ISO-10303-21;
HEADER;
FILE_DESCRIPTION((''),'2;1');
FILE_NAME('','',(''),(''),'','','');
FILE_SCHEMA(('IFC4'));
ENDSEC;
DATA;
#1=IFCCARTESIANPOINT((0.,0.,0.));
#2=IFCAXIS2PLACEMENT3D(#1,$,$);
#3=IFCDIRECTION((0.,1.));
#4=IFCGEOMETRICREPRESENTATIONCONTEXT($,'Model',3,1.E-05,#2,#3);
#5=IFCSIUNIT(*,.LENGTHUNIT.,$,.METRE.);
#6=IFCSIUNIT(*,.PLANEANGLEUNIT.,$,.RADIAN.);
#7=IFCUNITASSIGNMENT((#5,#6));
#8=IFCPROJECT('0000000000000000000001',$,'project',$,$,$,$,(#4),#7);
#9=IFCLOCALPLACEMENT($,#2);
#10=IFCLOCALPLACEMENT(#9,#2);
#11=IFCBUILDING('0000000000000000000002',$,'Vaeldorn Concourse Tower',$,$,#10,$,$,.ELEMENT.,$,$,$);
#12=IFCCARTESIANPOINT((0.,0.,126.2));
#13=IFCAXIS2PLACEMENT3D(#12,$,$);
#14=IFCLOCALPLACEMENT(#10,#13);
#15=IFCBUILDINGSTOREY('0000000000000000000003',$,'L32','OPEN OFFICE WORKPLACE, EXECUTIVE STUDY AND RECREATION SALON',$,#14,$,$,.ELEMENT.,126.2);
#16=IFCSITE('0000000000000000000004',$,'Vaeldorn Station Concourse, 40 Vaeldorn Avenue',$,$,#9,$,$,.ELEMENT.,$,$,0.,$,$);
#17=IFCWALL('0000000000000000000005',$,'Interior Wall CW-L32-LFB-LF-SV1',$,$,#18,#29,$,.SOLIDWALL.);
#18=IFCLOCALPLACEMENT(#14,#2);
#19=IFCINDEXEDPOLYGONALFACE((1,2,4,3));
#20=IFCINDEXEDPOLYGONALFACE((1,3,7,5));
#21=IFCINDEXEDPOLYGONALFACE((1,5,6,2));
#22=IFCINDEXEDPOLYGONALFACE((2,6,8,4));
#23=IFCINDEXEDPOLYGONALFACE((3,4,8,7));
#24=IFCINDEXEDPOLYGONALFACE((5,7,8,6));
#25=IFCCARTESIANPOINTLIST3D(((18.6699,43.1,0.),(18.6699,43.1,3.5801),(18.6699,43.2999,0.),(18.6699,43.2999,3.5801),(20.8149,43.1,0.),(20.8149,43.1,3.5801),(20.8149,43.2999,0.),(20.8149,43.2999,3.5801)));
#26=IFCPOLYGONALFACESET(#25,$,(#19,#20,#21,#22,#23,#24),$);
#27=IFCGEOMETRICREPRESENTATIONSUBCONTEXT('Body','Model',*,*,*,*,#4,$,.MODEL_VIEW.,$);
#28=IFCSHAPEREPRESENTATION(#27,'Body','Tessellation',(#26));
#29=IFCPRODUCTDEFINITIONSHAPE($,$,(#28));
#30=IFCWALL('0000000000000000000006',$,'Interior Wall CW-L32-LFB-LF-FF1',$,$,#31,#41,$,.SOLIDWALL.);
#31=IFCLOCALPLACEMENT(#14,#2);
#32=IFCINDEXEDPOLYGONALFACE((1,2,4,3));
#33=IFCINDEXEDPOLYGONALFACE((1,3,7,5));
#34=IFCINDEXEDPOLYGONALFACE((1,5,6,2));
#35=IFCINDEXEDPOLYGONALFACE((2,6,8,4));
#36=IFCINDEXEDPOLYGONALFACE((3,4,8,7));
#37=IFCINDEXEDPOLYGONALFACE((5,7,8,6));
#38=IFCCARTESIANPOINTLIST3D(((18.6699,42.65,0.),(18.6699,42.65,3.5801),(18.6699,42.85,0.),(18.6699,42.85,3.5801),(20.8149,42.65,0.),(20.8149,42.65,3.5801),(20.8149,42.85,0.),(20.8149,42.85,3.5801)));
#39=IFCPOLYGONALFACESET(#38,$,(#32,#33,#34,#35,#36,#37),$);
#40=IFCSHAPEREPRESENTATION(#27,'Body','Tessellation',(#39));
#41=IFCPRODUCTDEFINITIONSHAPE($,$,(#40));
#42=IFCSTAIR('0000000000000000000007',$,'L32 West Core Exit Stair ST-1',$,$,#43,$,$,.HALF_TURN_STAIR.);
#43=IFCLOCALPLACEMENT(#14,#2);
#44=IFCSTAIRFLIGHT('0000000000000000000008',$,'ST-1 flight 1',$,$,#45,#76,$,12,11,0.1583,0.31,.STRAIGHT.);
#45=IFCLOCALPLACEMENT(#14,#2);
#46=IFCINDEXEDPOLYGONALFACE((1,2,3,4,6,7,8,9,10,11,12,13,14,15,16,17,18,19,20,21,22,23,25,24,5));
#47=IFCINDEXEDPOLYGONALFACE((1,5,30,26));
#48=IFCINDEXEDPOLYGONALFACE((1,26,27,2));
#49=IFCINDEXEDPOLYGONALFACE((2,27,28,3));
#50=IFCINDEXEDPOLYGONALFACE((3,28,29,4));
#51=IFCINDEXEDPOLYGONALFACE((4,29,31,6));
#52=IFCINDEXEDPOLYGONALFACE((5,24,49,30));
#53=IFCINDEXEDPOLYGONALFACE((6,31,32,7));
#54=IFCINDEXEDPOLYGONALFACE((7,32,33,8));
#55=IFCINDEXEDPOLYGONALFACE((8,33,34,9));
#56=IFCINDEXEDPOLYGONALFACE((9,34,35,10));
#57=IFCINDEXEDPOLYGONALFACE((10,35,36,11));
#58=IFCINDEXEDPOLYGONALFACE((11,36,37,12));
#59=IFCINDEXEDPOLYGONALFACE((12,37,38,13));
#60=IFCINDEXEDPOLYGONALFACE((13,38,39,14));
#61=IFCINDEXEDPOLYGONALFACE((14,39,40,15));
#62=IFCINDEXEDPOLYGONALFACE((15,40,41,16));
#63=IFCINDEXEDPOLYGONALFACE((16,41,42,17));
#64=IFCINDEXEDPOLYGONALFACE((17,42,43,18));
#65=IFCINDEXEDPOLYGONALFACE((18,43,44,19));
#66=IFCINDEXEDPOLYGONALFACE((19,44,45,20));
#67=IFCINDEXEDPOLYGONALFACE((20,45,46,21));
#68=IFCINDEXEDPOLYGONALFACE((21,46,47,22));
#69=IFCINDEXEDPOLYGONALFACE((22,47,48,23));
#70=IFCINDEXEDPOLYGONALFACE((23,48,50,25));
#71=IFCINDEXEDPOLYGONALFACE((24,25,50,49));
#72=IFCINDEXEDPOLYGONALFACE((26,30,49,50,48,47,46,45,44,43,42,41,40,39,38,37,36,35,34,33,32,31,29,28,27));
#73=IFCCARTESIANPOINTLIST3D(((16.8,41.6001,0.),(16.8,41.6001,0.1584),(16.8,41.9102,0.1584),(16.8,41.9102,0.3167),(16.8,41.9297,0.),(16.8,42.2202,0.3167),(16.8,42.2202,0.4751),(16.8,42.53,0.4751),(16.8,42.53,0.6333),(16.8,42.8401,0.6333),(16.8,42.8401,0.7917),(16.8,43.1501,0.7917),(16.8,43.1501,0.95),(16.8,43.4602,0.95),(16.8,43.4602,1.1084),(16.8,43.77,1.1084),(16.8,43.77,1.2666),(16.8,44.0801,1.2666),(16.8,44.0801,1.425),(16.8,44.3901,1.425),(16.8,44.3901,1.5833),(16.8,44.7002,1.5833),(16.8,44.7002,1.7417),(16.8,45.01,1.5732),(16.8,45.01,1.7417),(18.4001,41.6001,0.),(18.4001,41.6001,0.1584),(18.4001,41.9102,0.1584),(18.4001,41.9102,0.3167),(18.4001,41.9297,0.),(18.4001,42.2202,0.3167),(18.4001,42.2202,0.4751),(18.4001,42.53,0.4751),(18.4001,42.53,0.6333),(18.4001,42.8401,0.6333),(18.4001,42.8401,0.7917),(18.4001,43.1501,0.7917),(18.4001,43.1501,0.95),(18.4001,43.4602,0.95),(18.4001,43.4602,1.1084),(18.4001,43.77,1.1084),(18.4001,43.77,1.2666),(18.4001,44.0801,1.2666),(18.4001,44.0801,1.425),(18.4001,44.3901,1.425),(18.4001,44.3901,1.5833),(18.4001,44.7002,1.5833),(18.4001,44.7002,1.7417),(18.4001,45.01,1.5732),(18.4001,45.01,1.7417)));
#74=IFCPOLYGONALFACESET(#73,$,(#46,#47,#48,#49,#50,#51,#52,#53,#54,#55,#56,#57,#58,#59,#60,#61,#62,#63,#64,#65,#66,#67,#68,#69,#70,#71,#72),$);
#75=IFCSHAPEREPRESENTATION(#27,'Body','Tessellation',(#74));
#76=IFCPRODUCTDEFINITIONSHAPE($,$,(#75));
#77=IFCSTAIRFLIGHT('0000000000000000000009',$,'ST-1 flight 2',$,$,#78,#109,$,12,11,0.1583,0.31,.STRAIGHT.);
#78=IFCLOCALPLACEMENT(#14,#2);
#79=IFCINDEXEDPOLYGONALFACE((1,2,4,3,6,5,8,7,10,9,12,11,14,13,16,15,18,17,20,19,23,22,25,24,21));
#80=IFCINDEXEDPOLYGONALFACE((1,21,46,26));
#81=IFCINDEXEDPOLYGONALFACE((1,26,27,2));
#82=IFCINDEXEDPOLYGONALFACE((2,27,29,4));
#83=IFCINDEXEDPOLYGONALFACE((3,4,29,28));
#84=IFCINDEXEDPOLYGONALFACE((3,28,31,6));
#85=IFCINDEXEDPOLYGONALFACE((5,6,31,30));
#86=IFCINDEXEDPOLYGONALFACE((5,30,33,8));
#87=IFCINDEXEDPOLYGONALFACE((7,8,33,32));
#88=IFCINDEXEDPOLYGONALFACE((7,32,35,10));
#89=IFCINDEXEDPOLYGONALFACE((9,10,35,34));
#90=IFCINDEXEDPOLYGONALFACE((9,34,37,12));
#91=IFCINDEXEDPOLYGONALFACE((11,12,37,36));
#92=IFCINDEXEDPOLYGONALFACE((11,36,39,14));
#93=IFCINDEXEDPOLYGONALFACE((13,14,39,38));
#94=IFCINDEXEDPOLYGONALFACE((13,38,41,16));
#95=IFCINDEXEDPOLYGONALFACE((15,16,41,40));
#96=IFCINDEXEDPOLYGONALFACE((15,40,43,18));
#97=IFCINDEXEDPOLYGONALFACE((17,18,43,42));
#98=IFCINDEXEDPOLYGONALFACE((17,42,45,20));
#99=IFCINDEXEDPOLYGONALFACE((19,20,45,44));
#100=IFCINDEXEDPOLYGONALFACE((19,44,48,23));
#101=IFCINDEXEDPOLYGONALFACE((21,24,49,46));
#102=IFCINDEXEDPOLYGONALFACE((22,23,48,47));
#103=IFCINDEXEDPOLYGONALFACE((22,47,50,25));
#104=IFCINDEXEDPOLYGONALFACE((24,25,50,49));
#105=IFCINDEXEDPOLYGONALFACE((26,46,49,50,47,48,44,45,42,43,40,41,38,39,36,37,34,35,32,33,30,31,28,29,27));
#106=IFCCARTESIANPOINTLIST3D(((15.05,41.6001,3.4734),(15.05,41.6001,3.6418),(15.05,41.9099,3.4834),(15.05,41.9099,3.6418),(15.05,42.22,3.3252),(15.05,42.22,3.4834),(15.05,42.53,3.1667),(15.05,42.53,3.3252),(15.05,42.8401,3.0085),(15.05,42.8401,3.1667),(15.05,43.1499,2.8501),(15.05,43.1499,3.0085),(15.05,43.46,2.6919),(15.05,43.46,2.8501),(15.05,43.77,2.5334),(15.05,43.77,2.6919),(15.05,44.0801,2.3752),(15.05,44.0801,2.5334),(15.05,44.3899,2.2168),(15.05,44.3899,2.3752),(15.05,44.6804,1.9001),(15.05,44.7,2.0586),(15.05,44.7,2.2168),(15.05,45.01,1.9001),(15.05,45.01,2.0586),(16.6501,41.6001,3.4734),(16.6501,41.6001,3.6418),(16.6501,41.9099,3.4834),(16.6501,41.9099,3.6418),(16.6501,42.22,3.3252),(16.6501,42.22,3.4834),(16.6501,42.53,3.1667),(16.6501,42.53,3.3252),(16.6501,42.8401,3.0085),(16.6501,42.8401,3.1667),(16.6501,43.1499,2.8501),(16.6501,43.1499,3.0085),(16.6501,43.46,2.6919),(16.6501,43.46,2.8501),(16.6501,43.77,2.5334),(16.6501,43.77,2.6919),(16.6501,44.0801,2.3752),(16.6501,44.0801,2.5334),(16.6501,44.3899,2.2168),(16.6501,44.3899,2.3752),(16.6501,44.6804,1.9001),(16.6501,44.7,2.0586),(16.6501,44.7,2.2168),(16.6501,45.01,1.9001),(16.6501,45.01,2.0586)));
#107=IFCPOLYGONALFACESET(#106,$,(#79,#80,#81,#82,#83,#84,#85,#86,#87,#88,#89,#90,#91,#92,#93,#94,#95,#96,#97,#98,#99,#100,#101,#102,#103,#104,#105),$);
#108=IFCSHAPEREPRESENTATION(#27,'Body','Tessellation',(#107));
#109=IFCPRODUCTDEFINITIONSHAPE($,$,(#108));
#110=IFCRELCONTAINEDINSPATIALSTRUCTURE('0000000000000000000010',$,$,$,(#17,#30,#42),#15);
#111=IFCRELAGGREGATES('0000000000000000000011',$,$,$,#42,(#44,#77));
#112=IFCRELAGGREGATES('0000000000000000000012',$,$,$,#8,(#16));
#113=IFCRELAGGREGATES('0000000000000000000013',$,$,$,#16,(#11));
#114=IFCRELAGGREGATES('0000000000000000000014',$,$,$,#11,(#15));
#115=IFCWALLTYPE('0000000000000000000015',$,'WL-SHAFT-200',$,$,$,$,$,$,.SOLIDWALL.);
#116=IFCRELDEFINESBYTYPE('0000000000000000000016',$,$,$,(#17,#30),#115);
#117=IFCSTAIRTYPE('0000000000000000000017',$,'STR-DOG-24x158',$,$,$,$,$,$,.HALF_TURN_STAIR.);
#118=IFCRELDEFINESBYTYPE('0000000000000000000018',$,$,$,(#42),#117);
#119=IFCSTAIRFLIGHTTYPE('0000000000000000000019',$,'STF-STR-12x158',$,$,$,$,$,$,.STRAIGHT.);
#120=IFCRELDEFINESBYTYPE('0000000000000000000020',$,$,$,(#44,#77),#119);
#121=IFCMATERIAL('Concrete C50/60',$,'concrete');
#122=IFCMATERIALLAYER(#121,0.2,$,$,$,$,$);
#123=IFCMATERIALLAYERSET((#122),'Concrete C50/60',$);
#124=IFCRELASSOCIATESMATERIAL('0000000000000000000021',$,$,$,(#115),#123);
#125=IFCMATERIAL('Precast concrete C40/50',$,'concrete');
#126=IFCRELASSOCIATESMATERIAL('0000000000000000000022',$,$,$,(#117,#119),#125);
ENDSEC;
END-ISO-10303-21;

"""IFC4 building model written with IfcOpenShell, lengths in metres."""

from ifc_helpers import new_model, si_unit, direction, frame, frame_2d, origin, place, context, subcontext, project, spatial, polyline, rectangle, outline, extrude, material, layer, layer_set, type_object, element, aggregate, save


model = new_model("IFC4")

# Units and contexts
model_context = context("Model", 3, precision=1e-05, world=origin(), true_north=direction((0.0, 1.0)))
body_context = subcontext(model_context, "Body", "Model", "MODEL_VIEW")
ifc_project = project(units=[si_unit("LENGTHUNIT", "METRE"), si_unit("PLANEANGLEUNIT", "RADIAN")], contexts=[model_context])

# Site, building, storey
site_placement = place(None, origin())
site = spatial("IfcSite", under=ifc_project, at=site_placement, Name="Vaeldorn Station Concourse, 40 Vaeldorn Avenue", CompositionType="ELEMENT", RefElevation=0.0)
building_placement = place(site_placement, origin())
building = spatial("IfcBuilding", under=site, at=building_placement, Name="Vaeldorn Concourse Tower", CompositionType="ELEMENT")
storey_placement = place(building_placement, frame((0.0, 0.0, 126.2)))
storey = spatial("IfcBuildingStorey", under=building, at=storey_placement, Name="L32", Description="OPEN OFFICE WORKPLACE, EXECUTIVE STUDY AND RECREATION SALON", CompositionType="ELEMENT", Elevation=126.2)

# Shared definitions
ifc_material_1 = material(Name="Concrete C50/60", Category="concrete")
ifc_layer_1 = layer(ifc_material_1, 0.2)
ifc_layer_set_1 = layer_set([ifc_layer_1], Name="Concrete C50/60")
wall_type_1 = type_object("IfcWallType", Name="WL-SHAFT-200", PredefinedType="SOLIDWALL", material=ifc_layer_set_1)

# Walls
for number, where, z_axis, x_axis, name in (
    (1, (18.6699, 43.2, 0.0), (0.0, 0.0, 1.0), (1.0, 0.0, 0.0), "Interior Wall CW-L32-LFB-LF-SV1"),
    (2, (18.6699, 42.75, 0.0), (0.0, 0.0, 1.0), (1.0, 0.0, 0.0), "Interior Wall CW-L32-LFB-LF-FF1"),
):
    element("IfcWall", number, at=place(storey_placement, frame(where, z_axis=z_axis, x_axis=x_axis)), inside=storey, type_object=wall_type_1, Name=name, PredefinedType="SOLIDWALL", context=body_context, shape_type="SweptSolid", body=[
        extrude(rectangle(XDim=2.145, YDim=0.2, at=frame_2d((1.0725, 0.0))), origin(), (0.0, 0.0, 1.0), 3.5801),
    ])

# Stair, stair flights
ifc_material_2 = material(Name="Precast concrete C40/50", Category="concrete")
stair_type = type_object("IfcStairType", Name="STR-DOG-24x158", PredefinedType="HALF_TURN_STAIR", material=ifc_material_2)
stair_placement = place(storey_placement, origin())
stair = element("IfcStair", 3, at=stair_placement, inside=storey, type_object=stair_type, Name="L32 West Core Exit Stair ST-1", PredefinedType="HALF_TURN_STAIR")
stair_flight_type = type_object("IfcStairFlightType", Name="STF-STR-12x158", PredefinedType="STRAIGHT", material=ifc_material_2)
stair_flight_1_placement = place(storey_placement, frame((17.6001, 41.6001, 0.0), z_axis=(0.0, 0.0, 1.0), x_axis=(0.0, 1.0, 0.0)))
stair_flight_1 = element("IfcStairFlight", 4, at=stair_flight_1_placement, type_object=stair_flight_type, Name="ST-1 flight 1", NumberOfRisers=12, NumberOfTreads=11, PredefinedType="STRAIGHT", RiserHeight=0.1583, TreadLength=0.31, context=body_context, shape_type="SweptSolid", body=[
    extrude(outline(polyline([(0.0, 0.0), (0.0, 0.1584), (0.3101, 0.1584), (0.3101, 0.3167), (0.6201, 0.3167), (0.6201, 0.4751), (0.9299, 0.4751), (0.9299, 0.6333), (1.24, 0.6333), (1.24, 0.7917), (1.55, 0.7917), (1.55, 0.95), (1.8601, 0.95), (1.8601, 1.1084), (2.1699, 1.1084), (2.1699, 1.2666), (2.48, 1.2666), (2.48, 1.425), (2.79, 1.425), (2.79, 1.5833), (3.1001, 1.5833), (3.1001, 1.7417), (3.4099, 1.7417), (3.4099, 1.8999), (3.4099, 1.5732), (0.3296, 0.0), (0.0, 0.0)])), frame((0.0, 0.8, 0.0), z_axis=(0.0, -1.0, 0.0), x_axis=(1.0, 0.0, 0.0)), (0.0, 0.0, 1.0), 1.6001),
])
stair_flight_2_placement = place(storey_placement, frame((15.8501, 45.01, 1.9001), z_axis=(0.0, 0.0, 1.0), x_axis=(0.0, -1.0, 0.0)))
stair_flight_2 = element("IfcStairFlight", 5, at=stair_flight_2_placement, type_object=stair_flight_type, Name="ST-1 flight 2", NumberOfRisers=12, NumberOfTreads=11, PredefinedType="STRAIGHT", RiserHeight=0.1583, TreadLength=0.31, context=body_context, shape_type="SweptSolid", body=[
    extrude(outline(polyline([(0.0, 0.0), (0.0, 0.1584), (0.3101, 0.1584), (0.3101, 0.3167), (0.6201, 0.3167), (0.6201, 0.4751), (0.9299, 0.4751), (0.9299, 0.6333), (1.24, 0.6333), (1.24, 0.7917), (1.55, 0.7917), (1.55, 0.95), (1.8601, 0.95), (1.8601, 1.1084), (2.1699, 1.1084), (2.1699, 1.2666), (2.48, 1.2666), (2.48, 1.425), (2.79, 1.425), (2.79, 1.5833), (3.1001, 1.5833), (3.1001, 1.7417), (3.4099, 1.7417), (3.4099, 1.8999), (3.4099, 1.5732), (0.3296, 0.0), (0.0, 0.0)])), frame((0.0, 0.8, 0.0), z_axis=(0.0, -1.0, 0.0), x_axis=(1.0, 0.0, 0.0)), (0.0, 0.0, 1.0), 1.6001),
])
aggregate(stair, [stair_flight_1, stair_flight_2])

save(model, "model.ifc")
